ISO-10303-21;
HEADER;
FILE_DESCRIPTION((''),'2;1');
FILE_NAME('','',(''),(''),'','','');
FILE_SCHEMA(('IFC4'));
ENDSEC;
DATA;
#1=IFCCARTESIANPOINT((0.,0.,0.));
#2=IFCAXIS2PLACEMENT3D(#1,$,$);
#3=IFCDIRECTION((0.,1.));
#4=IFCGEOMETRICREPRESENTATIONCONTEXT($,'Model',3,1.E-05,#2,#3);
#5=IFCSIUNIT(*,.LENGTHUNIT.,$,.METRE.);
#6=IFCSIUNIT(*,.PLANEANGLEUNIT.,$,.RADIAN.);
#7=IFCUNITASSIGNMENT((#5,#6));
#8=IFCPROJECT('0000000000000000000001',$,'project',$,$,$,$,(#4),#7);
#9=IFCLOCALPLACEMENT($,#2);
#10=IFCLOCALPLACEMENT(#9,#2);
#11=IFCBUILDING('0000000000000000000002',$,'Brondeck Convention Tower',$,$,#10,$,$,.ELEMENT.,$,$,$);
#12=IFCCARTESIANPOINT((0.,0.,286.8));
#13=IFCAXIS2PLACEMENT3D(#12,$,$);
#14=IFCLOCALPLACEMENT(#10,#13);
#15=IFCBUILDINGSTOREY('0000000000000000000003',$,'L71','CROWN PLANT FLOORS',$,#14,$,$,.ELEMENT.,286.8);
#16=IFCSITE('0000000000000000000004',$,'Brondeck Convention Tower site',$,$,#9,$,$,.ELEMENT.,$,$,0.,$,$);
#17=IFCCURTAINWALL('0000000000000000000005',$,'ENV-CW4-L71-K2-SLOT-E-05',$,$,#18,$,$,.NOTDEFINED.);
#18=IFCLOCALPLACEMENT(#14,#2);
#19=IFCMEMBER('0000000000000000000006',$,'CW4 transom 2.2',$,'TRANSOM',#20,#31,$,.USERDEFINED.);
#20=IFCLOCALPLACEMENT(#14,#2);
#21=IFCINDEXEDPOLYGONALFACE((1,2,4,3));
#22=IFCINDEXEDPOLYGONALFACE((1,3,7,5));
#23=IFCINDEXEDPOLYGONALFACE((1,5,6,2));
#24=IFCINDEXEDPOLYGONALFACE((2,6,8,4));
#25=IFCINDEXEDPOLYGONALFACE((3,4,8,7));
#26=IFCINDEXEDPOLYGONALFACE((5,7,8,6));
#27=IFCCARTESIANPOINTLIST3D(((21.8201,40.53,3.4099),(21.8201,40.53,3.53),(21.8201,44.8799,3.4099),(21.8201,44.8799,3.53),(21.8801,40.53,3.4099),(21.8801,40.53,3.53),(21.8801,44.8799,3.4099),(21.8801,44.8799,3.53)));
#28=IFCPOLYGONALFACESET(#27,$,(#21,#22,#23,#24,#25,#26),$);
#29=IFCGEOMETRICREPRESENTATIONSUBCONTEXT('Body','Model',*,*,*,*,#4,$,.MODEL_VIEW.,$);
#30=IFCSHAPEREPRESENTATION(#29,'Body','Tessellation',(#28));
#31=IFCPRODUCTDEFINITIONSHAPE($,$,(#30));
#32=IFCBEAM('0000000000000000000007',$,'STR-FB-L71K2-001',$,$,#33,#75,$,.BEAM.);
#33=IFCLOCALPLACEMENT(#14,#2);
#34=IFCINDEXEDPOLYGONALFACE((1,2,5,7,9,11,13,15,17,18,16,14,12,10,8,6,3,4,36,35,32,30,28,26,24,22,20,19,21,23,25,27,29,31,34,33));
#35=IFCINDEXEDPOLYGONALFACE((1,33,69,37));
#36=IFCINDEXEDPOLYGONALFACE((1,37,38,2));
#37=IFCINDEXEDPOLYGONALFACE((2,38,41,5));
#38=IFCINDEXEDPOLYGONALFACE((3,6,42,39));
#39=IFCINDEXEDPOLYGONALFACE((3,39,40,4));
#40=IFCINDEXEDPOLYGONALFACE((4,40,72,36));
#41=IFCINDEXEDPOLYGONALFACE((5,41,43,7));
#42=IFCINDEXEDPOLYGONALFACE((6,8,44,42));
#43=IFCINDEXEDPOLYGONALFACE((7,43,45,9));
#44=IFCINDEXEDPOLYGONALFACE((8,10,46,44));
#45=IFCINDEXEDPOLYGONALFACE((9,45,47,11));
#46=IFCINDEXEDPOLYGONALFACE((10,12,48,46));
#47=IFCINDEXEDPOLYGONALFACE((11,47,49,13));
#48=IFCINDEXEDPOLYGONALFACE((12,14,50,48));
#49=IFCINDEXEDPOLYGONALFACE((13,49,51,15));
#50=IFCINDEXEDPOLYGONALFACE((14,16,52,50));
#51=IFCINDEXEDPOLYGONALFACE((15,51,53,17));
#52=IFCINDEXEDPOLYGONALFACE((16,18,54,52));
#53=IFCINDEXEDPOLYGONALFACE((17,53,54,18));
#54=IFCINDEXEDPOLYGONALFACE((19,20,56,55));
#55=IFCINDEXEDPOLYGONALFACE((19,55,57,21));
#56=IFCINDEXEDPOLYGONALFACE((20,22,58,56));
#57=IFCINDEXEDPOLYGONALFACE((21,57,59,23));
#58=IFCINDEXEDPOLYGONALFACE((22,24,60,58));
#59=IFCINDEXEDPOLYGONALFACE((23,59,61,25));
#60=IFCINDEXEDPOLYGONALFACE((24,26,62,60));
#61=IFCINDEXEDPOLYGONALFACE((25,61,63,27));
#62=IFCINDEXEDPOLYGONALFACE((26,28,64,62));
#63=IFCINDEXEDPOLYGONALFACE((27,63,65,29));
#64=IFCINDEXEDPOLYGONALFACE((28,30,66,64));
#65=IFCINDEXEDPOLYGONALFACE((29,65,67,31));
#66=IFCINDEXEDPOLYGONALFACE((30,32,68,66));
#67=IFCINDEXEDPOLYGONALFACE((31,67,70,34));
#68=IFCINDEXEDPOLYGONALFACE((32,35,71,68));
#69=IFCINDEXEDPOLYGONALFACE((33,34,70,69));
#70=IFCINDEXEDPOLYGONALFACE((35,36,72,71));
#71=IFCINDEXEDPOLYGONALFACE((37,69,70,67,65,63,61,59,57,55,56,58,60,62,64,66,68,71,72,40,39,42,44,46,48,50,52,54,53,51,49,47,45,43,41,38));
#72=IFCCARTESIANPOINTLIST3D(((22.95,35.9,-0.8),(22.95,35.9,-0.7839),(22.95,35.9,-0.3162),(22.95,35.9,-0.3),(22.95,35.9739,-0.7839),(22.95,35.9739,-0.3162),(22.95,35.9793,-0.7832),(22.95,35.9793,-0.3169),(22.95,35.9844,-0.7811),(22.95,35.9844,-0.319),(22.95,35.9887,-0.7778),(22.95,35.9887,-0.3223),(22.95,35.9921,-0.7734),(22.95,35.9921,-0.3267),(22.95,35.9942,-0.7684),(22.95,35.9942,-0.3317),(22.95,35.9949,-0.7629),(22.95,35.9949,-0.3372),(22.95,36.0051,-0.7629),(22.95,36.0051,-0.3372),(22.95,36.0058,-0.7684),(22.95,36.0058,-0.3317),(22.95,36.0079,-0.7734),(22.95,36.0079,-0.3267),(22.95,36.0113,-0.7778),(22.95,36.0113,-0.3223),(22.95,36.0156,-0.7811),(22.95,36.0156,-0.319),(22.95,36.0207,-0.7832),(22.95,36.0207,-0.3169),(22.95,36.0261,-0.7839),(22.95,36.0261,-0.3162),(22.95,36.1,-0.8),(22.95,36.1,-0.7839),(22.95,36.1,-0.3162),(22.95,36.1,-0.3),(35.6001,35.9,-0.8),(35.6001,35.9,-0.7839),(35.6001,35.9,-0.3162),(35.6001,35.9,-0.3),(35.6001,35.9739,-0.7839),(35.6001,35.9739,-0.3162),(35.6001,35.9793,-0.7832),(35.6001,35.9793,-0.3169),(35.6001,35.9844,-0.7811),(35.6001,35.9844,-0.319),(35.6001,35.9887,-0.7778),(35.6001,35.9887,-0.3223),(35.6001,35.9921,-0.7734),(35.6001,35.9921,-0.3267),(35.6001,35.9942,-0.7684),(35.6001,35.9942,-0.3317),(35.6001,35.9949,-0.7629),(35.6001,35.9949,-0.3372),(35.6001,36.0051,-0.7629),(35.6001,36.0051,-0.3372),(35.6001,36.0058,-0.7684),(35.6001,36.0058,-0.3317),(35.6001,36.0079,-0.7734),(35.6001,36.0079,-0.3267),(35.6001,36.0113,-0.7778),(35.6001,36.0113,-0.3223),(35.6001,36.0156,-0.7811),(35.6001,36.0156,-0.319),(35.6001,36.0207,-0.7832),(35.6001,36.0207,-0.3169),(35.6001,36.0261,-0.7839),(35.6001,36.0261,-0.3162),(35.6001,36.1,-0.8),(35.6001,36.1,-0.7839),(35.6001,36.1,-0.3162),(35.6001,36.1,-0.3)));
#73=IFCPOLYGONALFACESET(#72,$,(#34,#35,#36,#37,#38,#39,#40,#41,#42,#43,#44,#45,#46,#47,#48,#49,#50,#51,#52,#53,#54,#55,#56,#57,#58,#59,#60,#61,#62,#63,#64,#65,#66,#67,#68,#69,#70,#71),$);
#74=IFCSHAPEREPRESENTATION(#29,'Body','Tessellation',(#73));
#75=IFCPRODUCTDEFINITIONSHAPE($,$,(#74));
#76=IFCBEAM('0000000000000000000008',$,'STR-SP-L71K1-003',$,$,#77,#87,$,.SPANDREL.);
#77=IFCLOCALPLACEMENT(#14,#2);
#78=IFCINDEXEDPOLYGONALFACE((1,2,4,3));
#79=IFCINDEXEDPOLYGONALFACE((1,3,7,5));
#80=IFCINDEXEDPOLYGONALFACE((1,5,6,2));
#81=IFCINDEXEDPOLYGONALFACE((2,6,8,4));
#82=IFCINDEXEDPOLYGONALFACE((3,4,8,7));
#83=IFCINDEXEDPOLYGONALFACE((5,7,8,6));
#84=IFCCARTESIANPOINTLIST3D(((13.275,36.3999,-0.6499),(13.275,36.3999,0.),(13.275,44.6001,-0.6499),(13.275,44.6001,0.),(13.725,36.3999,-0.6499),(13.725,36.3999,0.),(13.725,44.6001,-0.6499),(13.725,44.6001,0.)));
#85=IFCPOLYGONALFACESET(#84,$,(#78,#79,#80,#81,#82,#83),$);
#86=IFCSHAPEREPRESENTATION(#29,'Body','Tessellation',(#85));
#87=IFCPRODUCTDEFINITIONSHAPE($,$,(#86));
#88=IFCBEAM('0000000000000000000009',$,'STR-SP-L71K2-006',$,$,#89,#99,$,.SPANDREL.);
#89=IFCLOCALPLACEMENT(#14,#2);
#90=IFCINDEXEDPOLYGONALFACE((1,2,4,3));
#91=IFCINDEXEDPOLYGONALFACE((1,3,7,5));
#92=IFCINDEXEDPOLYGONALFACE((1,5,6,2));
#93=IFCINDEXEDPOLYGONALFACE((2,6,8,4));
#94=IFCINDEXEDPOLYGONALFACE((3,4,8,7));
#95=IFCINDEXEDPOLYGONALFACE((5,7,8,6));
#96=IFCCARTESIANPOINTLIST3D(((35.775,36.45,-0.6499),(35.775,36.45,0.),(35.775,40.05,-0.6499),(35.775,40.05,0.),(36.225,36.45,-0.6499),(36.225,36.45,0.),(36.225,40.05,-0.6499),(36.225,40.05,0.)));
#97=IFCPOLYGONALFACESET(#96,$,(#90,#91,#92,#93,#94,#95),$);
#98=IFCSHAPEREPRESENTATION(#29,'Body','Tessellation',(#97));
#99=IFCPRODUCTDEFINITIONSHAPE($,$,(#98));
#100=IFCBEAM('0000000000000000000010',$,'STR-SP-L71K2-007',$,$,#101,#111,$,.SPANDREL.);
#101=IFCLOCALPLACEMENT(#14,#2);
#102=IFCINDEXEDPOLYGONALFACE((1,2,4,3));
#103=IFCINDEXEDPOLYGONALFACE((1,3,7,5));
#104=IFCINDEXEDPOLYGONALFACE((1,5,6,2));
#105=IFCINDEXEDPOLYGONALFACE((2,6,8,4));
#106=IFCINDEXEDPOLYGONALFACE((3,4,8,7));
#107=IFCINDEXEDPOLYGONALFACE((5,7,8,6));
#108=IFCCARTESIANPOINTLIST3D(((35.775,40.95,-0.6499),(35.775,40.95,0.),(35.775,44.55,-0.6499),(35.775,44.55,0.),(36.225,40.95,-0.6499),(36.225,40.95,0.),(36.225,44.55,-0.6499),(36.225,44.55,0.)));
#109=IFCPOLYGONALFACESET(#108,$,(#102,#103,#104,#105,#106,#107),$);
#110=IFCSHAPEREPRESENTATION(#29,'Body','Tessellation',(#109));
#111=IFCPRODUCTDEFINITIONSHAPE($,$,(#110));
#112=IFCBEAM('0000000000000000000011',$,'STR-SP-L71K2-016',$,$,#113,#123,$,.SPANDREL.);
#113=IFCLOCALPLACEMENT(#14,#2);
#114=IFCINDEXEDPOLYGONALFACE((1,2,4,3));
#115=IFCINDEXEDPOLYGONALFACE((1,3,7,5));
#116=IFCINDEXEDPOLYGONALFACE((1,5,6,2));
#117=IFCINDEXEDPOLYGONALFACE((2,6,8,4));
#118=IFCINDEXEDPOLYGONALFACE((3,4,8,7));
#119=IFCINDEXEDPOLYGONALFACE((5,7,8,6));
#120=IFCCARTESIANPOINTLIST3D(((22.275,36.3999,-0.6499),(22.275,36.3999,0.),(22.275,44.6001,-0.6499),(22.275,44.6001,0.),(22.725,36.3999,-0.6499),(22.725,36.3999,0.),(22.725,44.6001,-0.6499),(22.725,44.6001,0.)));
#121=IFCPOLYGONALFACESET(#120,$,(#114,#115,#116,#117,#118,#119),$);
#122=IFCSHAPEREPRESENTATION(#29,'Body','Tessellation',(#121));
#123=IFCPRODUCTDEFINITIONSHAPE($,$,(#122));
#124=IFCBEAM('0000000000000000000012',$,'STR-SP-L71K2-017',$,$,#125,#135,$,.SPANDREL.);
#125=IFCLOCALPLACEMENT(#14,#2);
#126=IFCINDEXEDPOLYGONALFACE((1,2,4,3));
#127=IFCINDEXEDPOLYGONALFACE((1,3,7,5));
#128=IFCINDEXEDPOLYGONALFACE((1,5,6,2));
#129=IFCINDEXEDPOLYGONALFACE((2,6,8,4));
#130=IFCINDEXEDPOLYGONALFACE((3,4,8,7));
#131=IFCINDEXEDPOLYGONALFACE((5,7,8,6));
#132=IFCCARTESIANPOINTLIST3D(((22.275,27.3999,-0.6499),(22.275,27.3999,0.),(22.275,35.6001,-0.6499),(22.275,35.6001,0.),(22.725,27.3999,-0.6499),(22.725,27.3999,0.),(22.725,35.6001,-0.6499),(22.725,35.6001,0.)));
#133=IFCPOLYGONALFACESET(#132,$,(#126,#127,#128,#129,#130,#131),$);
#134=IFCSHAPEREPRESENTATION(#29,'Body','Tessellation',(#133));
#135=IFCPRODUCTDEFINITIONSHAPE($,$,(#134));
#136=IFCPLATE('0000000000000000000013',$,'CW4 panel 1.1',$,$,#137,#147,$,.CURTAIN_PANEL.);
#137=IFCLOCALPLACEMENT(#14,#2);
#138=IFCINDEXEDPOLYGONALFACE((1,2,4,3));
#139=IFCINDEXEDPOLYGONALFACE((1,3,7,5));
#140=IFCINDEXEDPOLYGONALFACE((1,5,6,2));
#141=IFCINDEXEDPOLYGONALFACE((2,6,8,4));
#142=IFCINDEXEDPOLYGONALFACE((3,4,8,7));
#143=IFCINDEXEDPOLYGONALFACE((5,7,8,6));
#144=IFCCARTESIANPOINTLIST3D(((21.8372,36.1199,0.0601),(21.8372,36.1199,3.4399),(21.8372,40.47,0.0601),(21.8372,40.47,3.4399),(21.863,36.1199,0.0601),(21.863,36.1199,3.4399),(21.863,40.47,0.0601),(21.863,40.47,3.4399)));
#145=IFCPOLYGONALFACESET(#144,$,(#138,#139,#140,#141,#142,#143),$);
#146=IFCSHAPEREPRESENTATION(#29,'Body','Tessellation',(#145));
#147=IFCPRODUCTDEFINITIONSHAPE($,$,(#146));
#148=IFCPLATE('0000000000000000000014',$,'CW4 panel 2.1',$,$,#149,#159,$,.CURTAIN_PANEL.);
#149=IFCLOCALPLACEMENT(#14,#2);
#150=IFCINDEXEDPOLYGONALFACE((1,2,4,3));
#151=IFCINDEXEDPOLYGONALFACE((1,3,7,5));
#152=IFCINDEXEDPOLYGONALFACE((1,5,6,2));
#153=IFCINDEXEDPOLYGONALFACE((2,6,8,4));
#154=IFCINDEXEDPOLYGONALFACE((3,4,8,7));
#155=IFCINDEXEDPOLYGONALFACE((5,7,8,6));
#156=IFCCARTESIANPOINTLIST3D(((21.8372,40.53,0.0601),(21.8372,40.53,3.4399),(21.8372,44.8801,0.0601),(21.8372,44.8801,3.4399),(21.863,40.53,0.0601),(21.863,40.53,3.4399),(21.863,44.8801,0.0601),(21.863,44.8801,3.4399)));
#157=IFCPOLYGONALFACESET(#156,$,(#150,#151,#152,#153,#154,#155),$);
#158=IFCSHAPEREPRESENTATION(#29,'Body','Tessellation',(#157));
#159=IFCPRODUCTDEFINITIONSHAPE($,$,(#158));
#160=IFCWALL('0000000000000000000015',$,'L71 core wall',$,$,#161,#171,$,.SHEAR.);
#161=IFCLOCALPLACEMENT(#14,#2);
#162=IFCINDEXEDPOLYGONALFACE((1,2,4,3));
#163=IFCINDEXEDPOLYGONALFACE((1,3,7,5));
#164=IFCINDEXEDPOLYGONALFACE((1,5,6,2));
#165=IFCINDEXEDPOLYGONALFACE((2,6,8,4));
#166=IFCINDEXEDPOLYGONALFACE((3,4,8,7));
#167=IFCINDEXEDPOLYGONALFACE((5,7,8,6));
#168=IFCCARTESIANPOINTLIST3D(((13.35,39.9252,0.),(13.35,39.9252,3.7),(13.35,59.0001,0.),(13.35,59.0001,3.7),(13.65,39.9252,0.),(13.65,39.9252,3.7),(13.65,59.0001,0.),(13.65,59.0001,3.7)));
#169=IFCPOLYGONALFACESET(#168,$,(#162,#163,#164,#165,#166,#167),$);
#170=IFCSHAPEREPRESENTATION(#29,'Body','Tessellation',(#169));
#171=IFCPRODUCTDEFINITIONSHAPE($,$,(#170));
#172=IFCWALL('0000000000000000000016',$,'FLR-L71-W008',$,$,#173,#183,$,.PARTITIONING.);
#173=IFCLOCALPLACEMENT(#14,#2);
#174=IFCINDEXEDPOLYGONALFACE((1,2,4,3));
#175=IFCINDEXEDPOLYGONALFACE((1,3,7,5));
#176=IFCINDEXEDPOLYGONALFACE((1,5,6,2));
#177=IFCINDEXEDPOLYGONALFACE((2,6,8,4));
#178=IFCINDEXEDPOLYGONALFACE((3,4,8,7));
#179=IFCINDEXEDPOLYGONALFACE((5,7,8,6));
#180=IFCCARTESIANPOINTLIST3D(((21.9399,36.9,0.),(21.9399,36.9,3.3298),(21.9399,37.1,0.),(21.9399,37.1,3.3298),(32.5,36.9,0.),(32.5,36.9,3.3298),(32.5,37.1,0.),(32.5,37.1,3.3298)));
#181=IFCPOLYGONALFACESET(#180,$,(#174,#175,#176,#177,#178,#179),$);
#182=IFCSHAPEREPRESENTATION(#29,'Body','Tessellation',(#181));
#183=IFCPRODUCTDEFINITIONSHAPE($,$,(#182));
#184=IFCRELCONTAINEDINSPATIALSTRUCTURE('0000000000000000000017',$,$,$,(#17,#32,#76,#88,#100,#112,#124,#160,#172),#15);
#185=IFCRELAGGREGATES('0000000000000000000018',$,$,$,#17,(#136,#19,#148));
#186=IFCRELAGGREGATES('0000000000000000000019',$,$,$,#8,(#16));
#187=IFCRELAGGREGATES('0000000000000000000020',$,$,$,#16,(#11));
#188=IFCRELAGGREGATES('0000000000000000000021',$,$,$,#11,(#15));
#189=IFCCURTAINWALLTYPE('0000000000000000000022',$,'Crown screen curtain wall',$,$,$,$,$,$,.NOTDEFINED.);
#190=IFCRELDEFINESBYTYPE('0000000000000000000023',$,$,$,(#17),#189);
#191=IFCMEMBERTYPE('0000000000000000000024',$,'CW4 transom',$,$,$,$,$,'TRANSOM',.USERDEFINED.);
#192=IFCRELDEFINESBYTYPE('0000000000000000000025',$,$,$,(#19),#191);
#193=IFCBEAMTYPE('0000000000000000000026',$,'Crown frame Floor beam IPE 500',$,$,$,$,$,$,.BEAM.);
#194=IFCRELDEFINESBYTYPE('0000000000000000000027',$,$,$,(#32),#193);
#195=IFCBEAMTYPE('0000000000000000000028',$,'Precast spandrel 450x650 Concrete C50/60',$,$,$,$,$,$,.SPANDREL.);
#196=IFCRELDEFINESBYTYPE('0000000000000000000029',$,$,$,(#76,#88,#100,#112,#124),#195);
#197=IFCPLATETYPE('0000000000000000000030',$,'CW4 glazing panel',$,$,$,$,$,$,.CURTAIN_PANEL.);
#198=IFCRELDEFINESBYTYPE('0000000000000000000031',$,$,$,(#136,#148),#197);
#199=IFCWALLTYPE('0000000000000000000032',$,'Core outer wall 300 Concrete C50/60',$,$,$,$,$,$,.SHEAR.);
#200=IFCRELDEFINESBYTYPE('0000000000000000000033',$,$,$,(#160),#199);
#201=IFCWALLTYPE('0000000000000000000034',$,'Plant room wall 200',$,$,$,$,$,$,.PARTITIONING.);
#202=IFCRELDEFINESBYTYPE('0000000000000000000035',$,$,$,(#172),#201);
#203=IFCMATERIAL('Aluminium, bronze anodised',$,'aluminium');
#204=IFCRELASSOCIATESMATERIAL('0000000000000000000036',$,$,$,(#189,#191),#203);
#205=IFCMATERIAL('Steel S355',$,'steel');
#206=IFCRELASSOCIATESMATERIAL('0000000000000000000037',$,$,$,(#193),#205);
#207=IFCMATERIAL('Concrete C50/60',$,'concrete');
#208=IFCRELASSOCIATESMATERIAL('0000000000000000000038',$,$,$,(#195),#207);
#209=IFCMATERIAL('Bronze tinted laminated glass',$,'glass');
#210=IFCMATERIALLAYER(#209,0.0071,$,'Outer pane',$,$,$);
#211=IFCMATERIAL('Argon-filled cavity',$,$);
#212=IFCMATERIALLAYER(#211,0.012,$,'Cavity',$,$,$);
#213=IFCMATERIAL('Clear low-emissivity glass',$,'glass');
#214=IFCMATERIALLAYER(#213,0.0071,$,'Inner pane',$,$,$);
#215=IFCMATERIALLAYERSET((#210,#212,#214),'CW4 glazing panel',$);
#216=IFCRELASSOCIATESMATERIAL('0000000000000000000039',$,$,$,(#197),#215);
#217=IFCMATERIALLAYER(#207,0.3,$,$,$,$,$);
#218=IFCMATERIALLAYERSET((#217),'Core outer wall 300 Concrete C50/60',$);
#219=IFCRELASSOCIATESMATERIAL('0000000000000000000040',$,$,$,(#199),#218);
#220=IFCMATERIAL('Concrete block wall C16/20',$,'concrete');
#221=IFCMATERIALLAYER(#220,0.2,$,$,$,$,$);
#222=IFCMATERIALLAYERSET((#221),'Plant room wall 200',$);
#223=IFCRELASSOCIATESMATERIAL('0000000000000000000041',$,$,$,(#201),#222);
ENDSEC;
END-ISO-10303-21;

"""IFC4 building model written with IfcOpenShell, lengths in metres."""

from ifc_helpers import new_model, si_unit, direction, frame, frame_2d, origin, origin_2d, place, context, subcontext, project, spatial, rectangle, i_section, extrude, material, layer, layer_set, material_profile, profile_set, type_object, element, aggregate, save


model = new_model("IFC4")

# Units and contexts
model_context = context("Model", 3, precision=1e-05, world=origin(), true_north=direction((0.0, 1.0)))
body_context = subcontext(model_context, "Body", "Model", "MODEL_VIEW")
ifc_project = project(units=[si_unit("LENGTHUNIT", "METRE"), si_unit("PLANEANGLEUNIT", "RADIAN")], contexts=[model_context])

# Site, building, storey
site_placement = place(None, origin())
site = spatial("IfcSite", under=ifc_project, at=site_placement, Name="Brondeck Convention Tower site", CompositionType="ELEMENT", RefElevation=0.0)
building_placement = place(site_placement, origin())
building = spatial("IfcBuilding", under=site, at=building_placement, Name="Brondeck Convention Tower", CompositionType="ELEMENT")
storey_placement = place(building_placement, frame((0.0, 0.0, 286.8)))
storey = spatial("IfcBuildingStorey", under=building, at=storey_placement, Name="L71", Description="CROWN PLANT FLOORS", CompositionType="ELEMENT", Elevation=286.8)

# Shared definitions
ifc_material_1 = material(Name="Concrete C50/60", Category="concrete")

# Shared definitions
ifc_material_2 = material(Name="Aluminium, bronze anodised", Category="aluminium")
curtain_wall_type = type_object("IfcCurtainWallType", Name="Crown screen curtain wall", PredefinedType="NOTDEFINED", material=ifc_material_2)

# Curtain wall
curtain_wall_1_placement = place(storey_placement, origin())
curtain_wall_1 = element("IfcCurtainWall", 1, at=curtain_wall_1_placement, inside=storey, type_object=curtain_wall_type, Name="ENV-CW4-L71-K2-SLOT-E-05", PredefinedType="NOTDEFINED")

# Member
ifc_material_profile_1 = material_profile(ifc_material_2, rectangle(XDim=0.0601, YDim=0.1201, at=origin_2d()), Name="CW4 transom")
ifc_profile_set_1 = profile_set([ifc_material_profile_1], Name="Aluminium, bronze anodised")
member_type_1 = type_object("IfcMemberType", Name="CW4 transom", ElementType="TRANSOM", PredefinedType="USERDEFINED", material=ifc_profile_set_1)
member_1_placement = place(storey_placement, frame((21.8501, 40.53, 3.47), z_axis=(0.0, 1.0, 0.0), x_axis=(-1.0, 0.0, 0.0)))
member_1 = element("IfcMember", 2, at=member_1_placement, type_object=member_type_1, Name="CW4 transom 2.2", ObjectType="TRANSOM", PredefinedType="USERDEFINED", context=body_context, shape_type="SweptSolid", body=[
    extrude(rectangle(XDim=0.0601, YDim=0.1201, at=origin_2d()), origin(), (0.0, 0.0, 1.0), 4.3499),
])

# Beams
ifc_material_3 = material(Name="Steel S355", Category="steel")
ifc_material_profile_2 = material_profile(ifc_material_3, i_section(OverallWidth=0.2, OverallDepth=0.5, WebThickness=0.0103, FlangeThickness=0.0161, FilletRadius=0.021, at=origin_2d()), Name="IPE 500")
ifc_profile_set_2 = profile_set([ifc_material_profile_2], Name="Steel S355")
beam_type_1 = type_object("IfcBeamType", Name="Crown frame Floor beam IPE 500", PredefinedType="BEAM", material=ifc_profile_set_2)
beam_1_placement = place(storey_placement, frame((22.95, 36.0, -0.55), z_axis=(1.0, 0.0, 0.0), x_axis=(0.0, 1.0, 0.0)))
element("IfcBeam", 3, at=beam_1_placement, inside=storey, type_object=beam_type_1, Name="STR-FB-L71K2-001", PredefinedType="BEAM", context=body_context, shape_type="SweptSolid", body=[
    extrude(i_section(OverallWidth=0.2, OverallDepth=0.5, WebThickness=0.0103, FlangeThickness=0.0161, FilletRadius=0.021, at=origin_2d()), origin(), (0.0, 0.0, 1.0), 12.6501),
])
ifc_material_profile_3 = material_profile(ifc_material_1, rectangle(XDim=0.45, YDim=0.6499, at=origin_2d()), Name="Precast spandrel 450x650 Concrete C50/60")
ifc_profile_set_3 = profile_set([ifc_material_profile_3], Name="Concrete C50/60")
beam_type_2 = type_object("IfcBeamType", Name="Precast spandrel 450x650 Concrete C50/60", PredefinedType="SPANDREL", material=ifc_profile_set_3)
beam_2_placement = place(storey_placement, frame((13.5, 36.3999, -0.325), z_axis=(0.0, 1.0, 0.0), x_axis=(-1.0, 0.0, 0.0)))
element("IfcBeam", 4, at=beam_2_placement, inside=storey, type_object=beam_type_2, Name="STR-SP-L71K1-003", PredefinedType="SPANDREL", context=body_context, shape_type="SweptSolid", body=[
    extrude(rectangle(XDim=0.45, YDim=0.6499, at=origin_2d()), origin(), (0.0, 0.0, 1.0), 8.2002),
])
for number, where, z_axis, x_axis, name in (
    (5, (36.0, 36.45, -0.325), (0.0, 1.0, 0.0), (-1.0, 0.0, 0.0), "STR-SP-L71K2-006"),
    (6, (36.0, 40.95, -0.325), (0.0, 1.0, 0.0), (-1.0, 0.0, 0.0), "STR-SP-L71K2-007"),
):
    element("IfcBeam", number, at=place(storey_placement, frame(where, z_axis=z_axis, x_axis=x_axis)), inside=storey, type_object=beam_type_2, Name=name, PredefinedType="SPANDREL", context=body_context, shape_type="SweptSolid", body=[
        extrude(rectangle(XDim=0.45, YDim=0.6499, at=origin_2d()), origin(), (0.0, 0.0, 1.0), 3.6001),
    ])
for number, where, z_axis, x_axis, name in (
    (7, (22.5, 44.6001, -0.325), (0.0, -1.0, 0.0), (1.0, 0.0, 0.0), "STR-SP-L71K2-016"),
    (8, (22.5, 35.6001, -0.325), (0.0, -1.0, 0.0), (1.0, 0.0, 0.0), "STR-SP-L71K2-017"),
):
    element("IfcBeam", number, at=place(storey_placement, frame(where, z_axis=z_axis, x_axis=x_axis)), inside=storey, type_object=beam_type_2, Name=name, PredefinedType="SPANDREL", context=body_context, shape_type="SweptSolid", body=[
        extrude(rectangle(XDim=0.45, YDim=0.6499, at=origin_2d()), origin(), (0.0, 0.0, 1.0), 8.2002),
    ])

# Plates
ifc_material_4 = material(Name="Bronze tinted laminated glass", Category="glass")
ifc_layer_1 = layer(ifc_material_4, 0.0071, Name="Outer pane")
ifc_material_5 = material(Name="Argon-filled cavity")
ifc_layer_2 = layer(ifc_material_5, 0.012, Name="Cavity")
ifc_material_6 = material(Name="Clear low-emissivity glass", Category="glass")
ifc_layer_3 = layer(ifc_material_6, 0.0071, Name="Inner pane")
ifc_layer_set_1 = layer_set([ifc_layer_1, ifc_layer_2, ifc_layer_3], Name="CW4 glazing panel")
plate_type = type_object("IfcPlateType", Name="CW4 glazing panel", PredefinedType="CURTAIN_PANEL", material=ifc_layer_set_1)
plate_1_placement = place(storey_placement, frame((21.8501, 38.2949, 0.0601), z_axis=(0.0, 0.0, 1.0), x_axis=(0.0, 1.0, 0.0)))
plate_1 = element("IfcPlate", 9, at=plate_1_placement, type_object=plate_type, Name="CW4 panel 1.1", PredefinedType="CURTAIN_PANEL", context=body_context, shape_type="SweptSolid", body=[
    extrude(rectangle(XDim=4.3501, YDim=0.0259, at=origin_2d()), origin(), (0.0, 0.0, 1.0), 3.3799),
])
plate_2_placement = place(storey_placement, frame((21.8501, 42.7051, 0.0601), z_axis=(0.0, 0.0, 1.0), x_axis=(0.0, 1.0, 0.0)))
plate_2 = element("IfcPlate", 10, at=plate_2_placement, type_object=plate_type, Name="CW4 panel 2.1", PredefinedType="CURTAIN_PANEL", context=body_context, shape_type="SweptSolid", body=[
    extrude(rectangle(XDim=4.3501, YDim=0.0259, at=origin_2d()), origin(), (0.0, 0.0, 1.0), 3.3799),
])
aggregate(curtain_wall_1, [plate_1, member_1, plate_2])

# Walls
ifc_layer_4 = layer(ifc_material_1, 0.3)
ifc_layer_set_2 = layer_set([ifc_layer_4], Name="Core outer wall 300 Concrete C50/60")
wall_type_1 = type_object("IfcWallType", Name="Core outer wall 300 Concrete C50/60", PredefinedType="SHEAR", material=ifc_layer_set_2)
wall_1_placement = place(storey_placement, frame((13.5, 39.925, 0.0), z_axis=(0.0, 0.0, 1.0), x_axis=(0.0, 1.0, 0.0)))
element("IfcWall", 11, at=wall_1_placement, inside=storey, type_object=wall_type_1, Name="L71 core wall", PredefinedType="SHEAR", context=body_context, shape_type="SweptSolid", body=[
    extrude(rectangle(XDim=19.075, YDim=0.3, at=frame_2d((9.5376, 0.0))), origin(), (0.0, 0.0, 1.0), 3.7),
])
ifc_material_7 = material(Name="Concrete block wall C16/20", Category="concrete")
ifc_layer_5 = layer(ifc_material_7, 0.2)
ifc_layer_set_3 = layer_set([ifc_layer_5], Name="Plant room wall 200")
wall_type_2 = type_object("IfcWallType", Name="Plant room wall 200", PredefinedType="PARTITIONING", material=ifc_layer_set_3)
wall_2_placement = place(storey_placement, frame((32.5, 37.0, 0.0), z_axis=(0.0, 0.0, 1.0), x_axis=(-1.0, 0.0, 0.0)))
element("IfcWall", 12, at=wall_2_placement, inside=storey, type_object=wall_type_2, Name="FLR-L71-W008", PredefinedType="PARTITIONING", context=body_context, shape_type="SweptSolid", body=[
    extrude(rectangle(XDim=10.5601, YDim=0.2, at=frame_2d((5.28, 0.0))), origin(), (0.0, 0.0, 1.0), 3.3298),
])

save(model, "model.ifc")
